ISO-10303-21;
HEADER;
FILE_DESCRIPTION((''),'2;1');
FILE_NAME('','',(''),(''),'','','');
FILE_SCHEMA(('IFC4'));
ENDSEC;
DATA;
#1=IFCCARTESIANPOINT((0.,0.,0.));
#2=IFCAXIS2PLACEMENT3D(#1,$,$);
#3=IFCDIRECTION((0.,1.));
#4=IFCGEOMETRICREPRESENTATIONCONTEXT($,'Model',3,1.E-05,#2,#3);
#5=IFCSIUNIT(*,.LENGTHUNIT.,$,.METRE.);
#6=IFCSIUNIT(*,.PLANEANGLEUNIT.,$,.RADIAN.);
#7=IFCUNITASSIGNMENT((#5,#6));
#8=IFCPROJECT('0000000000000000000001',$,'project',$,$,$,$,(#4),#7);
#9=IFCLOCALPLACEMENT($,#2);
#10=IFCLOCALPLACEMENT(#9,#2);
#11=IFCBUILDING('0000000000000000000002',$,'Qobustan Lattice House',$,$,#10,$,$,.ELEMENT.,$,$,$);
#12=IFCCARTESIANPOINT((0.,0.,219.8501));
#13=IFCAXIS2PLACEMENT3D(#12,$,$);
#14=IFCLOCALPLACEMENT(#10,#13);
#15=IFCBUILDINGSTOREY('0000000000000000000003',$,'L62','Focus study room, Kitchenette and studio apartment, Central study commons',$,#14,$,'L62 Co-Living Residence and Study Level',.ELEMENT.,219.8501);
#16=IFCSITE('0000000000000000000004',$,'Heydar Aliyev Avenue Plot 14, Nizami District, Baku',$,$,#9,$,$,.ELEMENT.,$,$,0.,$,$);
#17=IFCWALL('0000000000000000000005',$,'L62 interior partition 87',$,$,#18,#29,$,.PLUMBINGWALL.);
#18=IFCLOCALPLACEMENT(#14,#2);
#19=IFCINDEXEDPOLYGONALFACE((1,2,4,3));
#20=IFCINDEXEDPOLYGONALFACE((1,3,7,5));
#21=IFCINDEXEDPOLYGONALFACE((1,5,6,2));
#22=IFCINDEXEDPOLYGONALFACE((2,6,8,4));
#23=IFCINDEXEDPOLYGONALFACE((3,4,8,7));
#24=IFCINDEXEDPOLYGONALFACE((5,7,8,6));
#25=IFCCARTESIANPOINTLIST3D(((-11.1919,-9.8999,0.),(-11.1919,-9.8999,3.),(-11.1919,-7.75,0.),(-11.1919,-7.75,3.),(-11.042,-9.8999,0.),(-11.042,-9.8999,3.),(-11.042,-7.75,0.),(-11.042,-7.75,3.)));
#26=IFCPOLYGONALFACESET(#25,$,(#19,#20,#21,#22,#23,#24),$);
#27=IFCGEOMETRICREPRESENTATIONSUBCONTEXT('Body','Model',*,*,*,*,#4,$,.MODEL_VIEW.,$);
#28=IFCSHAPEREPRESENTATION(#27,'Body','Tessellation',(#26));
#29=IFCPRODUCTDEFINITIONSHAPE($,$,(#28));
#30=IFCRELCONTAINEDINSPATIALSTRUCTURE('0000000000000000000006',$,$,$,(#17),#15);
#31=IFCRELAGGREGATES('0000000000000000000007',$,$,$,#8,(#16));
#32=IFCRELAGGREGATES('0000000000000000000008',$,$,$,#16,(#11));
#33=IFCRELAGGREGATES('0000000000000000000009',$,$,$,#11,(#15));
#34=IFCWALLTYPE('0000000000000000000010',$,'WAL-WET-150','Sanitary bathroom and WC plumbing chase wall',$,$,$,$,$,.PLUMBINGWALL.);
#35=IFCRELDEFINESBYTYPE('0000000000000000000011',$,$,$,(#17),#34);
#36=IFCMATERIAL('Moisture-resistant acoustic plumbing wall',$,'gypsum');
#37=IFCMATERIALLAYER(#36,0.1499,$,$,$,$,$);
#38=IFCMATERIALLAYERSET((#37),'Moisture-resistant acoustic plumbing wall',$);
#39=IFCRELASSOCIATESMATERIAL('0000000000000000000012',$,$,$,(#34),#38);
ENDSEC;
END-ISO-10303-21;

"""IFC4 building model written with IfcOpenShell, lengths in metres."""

from ifc_helpers import new_model, si_unit, direction, frame, frame_2d, origin, place, context, subcontext, project, spatial, rectangle, extrude, material, layer, layer_set, type_object, element, save


model = new_model("IFC4")

# Units and contexts
model_context = context("Model", 3, precision=1e-05, world=origin(), true_north=direction((0.0, 1.0)))
body_context = subcontext(model_context, "Body", "Model", "MODEL_VIEW")
ifc_project = project(units=[si_unit("LENGTHUNIT", "METRE"), si_unit("PLANEANGLEUNIT", "RADIAN")], contexts=[model_context])

# Site, building, storey
site_placement = place(None, origin())
site = spatial("IfcSite", under=ifc_project, at=site_placement, Name="Heydar Aliyev Avenue Plot 14, Nizami District, Baku", CompositionType="ELEMENT", RefElevation=0.0)
building_placement = place(site_placement, origin())
building = spatial("IfcBuilding", under=site, at=building_placement, Name="Qobustan Lattice House", CompositionType="ELEMENT")
storey_placement = place(building_placement, frame((0.0, 0.0, 219.8501)))
storey = spatial("IfcBuildingStorey", under=building, at=storey_placement, Name="L62", Description="Focus study room, Kitchenette and studio apartment, Central study commons", LongName="L62 Co-Living Residence and Study Level", CompositionType="ELEMENT", Elevation=219.8501)

# Shared definitions
ifc_material_1 = material(Name="Moisture-resistant acoustic plumbing wall", Category="gypsum")
ifc_layer_1 = layer(ifc_material_1, 0.1499)
ifc_layer_set_1 = layer_set([ifc_layer_1], Name="Moisture-resistant acoustic plumbing wall")
wall_type_1 = type_object("IfcWallType", Name="WAL-WET-150", Description="Sanitary bathroom and WC plumbing chase wall", PredefinedType="PLUMBINGWALL", material=ifc_layer_set_1)

# Wall
wall_1_placement = place(storey_placement, frame((-11.1169, -9.8999, 0.0), z_axis=(0.0, 0.0, 1.0), x_axis=(0.0, 1.0, 0.0)))
element("IfcWall", 1, at=wall_1_placement, inside=storey, type_object=wall_type_1, Name="L62 interior partition 87", PredefinedType="PLUMBINGWALL", context=body_context, shape_type="SweptSolid", body=[
    extrude(rectangle(XDim=2.1499, YDim=0.1499, at=frame_2d((1.075, 0.0))), origin(), (0.0, 0.0, 1.0), 3.0),
])

save(model, "model.ifc")
